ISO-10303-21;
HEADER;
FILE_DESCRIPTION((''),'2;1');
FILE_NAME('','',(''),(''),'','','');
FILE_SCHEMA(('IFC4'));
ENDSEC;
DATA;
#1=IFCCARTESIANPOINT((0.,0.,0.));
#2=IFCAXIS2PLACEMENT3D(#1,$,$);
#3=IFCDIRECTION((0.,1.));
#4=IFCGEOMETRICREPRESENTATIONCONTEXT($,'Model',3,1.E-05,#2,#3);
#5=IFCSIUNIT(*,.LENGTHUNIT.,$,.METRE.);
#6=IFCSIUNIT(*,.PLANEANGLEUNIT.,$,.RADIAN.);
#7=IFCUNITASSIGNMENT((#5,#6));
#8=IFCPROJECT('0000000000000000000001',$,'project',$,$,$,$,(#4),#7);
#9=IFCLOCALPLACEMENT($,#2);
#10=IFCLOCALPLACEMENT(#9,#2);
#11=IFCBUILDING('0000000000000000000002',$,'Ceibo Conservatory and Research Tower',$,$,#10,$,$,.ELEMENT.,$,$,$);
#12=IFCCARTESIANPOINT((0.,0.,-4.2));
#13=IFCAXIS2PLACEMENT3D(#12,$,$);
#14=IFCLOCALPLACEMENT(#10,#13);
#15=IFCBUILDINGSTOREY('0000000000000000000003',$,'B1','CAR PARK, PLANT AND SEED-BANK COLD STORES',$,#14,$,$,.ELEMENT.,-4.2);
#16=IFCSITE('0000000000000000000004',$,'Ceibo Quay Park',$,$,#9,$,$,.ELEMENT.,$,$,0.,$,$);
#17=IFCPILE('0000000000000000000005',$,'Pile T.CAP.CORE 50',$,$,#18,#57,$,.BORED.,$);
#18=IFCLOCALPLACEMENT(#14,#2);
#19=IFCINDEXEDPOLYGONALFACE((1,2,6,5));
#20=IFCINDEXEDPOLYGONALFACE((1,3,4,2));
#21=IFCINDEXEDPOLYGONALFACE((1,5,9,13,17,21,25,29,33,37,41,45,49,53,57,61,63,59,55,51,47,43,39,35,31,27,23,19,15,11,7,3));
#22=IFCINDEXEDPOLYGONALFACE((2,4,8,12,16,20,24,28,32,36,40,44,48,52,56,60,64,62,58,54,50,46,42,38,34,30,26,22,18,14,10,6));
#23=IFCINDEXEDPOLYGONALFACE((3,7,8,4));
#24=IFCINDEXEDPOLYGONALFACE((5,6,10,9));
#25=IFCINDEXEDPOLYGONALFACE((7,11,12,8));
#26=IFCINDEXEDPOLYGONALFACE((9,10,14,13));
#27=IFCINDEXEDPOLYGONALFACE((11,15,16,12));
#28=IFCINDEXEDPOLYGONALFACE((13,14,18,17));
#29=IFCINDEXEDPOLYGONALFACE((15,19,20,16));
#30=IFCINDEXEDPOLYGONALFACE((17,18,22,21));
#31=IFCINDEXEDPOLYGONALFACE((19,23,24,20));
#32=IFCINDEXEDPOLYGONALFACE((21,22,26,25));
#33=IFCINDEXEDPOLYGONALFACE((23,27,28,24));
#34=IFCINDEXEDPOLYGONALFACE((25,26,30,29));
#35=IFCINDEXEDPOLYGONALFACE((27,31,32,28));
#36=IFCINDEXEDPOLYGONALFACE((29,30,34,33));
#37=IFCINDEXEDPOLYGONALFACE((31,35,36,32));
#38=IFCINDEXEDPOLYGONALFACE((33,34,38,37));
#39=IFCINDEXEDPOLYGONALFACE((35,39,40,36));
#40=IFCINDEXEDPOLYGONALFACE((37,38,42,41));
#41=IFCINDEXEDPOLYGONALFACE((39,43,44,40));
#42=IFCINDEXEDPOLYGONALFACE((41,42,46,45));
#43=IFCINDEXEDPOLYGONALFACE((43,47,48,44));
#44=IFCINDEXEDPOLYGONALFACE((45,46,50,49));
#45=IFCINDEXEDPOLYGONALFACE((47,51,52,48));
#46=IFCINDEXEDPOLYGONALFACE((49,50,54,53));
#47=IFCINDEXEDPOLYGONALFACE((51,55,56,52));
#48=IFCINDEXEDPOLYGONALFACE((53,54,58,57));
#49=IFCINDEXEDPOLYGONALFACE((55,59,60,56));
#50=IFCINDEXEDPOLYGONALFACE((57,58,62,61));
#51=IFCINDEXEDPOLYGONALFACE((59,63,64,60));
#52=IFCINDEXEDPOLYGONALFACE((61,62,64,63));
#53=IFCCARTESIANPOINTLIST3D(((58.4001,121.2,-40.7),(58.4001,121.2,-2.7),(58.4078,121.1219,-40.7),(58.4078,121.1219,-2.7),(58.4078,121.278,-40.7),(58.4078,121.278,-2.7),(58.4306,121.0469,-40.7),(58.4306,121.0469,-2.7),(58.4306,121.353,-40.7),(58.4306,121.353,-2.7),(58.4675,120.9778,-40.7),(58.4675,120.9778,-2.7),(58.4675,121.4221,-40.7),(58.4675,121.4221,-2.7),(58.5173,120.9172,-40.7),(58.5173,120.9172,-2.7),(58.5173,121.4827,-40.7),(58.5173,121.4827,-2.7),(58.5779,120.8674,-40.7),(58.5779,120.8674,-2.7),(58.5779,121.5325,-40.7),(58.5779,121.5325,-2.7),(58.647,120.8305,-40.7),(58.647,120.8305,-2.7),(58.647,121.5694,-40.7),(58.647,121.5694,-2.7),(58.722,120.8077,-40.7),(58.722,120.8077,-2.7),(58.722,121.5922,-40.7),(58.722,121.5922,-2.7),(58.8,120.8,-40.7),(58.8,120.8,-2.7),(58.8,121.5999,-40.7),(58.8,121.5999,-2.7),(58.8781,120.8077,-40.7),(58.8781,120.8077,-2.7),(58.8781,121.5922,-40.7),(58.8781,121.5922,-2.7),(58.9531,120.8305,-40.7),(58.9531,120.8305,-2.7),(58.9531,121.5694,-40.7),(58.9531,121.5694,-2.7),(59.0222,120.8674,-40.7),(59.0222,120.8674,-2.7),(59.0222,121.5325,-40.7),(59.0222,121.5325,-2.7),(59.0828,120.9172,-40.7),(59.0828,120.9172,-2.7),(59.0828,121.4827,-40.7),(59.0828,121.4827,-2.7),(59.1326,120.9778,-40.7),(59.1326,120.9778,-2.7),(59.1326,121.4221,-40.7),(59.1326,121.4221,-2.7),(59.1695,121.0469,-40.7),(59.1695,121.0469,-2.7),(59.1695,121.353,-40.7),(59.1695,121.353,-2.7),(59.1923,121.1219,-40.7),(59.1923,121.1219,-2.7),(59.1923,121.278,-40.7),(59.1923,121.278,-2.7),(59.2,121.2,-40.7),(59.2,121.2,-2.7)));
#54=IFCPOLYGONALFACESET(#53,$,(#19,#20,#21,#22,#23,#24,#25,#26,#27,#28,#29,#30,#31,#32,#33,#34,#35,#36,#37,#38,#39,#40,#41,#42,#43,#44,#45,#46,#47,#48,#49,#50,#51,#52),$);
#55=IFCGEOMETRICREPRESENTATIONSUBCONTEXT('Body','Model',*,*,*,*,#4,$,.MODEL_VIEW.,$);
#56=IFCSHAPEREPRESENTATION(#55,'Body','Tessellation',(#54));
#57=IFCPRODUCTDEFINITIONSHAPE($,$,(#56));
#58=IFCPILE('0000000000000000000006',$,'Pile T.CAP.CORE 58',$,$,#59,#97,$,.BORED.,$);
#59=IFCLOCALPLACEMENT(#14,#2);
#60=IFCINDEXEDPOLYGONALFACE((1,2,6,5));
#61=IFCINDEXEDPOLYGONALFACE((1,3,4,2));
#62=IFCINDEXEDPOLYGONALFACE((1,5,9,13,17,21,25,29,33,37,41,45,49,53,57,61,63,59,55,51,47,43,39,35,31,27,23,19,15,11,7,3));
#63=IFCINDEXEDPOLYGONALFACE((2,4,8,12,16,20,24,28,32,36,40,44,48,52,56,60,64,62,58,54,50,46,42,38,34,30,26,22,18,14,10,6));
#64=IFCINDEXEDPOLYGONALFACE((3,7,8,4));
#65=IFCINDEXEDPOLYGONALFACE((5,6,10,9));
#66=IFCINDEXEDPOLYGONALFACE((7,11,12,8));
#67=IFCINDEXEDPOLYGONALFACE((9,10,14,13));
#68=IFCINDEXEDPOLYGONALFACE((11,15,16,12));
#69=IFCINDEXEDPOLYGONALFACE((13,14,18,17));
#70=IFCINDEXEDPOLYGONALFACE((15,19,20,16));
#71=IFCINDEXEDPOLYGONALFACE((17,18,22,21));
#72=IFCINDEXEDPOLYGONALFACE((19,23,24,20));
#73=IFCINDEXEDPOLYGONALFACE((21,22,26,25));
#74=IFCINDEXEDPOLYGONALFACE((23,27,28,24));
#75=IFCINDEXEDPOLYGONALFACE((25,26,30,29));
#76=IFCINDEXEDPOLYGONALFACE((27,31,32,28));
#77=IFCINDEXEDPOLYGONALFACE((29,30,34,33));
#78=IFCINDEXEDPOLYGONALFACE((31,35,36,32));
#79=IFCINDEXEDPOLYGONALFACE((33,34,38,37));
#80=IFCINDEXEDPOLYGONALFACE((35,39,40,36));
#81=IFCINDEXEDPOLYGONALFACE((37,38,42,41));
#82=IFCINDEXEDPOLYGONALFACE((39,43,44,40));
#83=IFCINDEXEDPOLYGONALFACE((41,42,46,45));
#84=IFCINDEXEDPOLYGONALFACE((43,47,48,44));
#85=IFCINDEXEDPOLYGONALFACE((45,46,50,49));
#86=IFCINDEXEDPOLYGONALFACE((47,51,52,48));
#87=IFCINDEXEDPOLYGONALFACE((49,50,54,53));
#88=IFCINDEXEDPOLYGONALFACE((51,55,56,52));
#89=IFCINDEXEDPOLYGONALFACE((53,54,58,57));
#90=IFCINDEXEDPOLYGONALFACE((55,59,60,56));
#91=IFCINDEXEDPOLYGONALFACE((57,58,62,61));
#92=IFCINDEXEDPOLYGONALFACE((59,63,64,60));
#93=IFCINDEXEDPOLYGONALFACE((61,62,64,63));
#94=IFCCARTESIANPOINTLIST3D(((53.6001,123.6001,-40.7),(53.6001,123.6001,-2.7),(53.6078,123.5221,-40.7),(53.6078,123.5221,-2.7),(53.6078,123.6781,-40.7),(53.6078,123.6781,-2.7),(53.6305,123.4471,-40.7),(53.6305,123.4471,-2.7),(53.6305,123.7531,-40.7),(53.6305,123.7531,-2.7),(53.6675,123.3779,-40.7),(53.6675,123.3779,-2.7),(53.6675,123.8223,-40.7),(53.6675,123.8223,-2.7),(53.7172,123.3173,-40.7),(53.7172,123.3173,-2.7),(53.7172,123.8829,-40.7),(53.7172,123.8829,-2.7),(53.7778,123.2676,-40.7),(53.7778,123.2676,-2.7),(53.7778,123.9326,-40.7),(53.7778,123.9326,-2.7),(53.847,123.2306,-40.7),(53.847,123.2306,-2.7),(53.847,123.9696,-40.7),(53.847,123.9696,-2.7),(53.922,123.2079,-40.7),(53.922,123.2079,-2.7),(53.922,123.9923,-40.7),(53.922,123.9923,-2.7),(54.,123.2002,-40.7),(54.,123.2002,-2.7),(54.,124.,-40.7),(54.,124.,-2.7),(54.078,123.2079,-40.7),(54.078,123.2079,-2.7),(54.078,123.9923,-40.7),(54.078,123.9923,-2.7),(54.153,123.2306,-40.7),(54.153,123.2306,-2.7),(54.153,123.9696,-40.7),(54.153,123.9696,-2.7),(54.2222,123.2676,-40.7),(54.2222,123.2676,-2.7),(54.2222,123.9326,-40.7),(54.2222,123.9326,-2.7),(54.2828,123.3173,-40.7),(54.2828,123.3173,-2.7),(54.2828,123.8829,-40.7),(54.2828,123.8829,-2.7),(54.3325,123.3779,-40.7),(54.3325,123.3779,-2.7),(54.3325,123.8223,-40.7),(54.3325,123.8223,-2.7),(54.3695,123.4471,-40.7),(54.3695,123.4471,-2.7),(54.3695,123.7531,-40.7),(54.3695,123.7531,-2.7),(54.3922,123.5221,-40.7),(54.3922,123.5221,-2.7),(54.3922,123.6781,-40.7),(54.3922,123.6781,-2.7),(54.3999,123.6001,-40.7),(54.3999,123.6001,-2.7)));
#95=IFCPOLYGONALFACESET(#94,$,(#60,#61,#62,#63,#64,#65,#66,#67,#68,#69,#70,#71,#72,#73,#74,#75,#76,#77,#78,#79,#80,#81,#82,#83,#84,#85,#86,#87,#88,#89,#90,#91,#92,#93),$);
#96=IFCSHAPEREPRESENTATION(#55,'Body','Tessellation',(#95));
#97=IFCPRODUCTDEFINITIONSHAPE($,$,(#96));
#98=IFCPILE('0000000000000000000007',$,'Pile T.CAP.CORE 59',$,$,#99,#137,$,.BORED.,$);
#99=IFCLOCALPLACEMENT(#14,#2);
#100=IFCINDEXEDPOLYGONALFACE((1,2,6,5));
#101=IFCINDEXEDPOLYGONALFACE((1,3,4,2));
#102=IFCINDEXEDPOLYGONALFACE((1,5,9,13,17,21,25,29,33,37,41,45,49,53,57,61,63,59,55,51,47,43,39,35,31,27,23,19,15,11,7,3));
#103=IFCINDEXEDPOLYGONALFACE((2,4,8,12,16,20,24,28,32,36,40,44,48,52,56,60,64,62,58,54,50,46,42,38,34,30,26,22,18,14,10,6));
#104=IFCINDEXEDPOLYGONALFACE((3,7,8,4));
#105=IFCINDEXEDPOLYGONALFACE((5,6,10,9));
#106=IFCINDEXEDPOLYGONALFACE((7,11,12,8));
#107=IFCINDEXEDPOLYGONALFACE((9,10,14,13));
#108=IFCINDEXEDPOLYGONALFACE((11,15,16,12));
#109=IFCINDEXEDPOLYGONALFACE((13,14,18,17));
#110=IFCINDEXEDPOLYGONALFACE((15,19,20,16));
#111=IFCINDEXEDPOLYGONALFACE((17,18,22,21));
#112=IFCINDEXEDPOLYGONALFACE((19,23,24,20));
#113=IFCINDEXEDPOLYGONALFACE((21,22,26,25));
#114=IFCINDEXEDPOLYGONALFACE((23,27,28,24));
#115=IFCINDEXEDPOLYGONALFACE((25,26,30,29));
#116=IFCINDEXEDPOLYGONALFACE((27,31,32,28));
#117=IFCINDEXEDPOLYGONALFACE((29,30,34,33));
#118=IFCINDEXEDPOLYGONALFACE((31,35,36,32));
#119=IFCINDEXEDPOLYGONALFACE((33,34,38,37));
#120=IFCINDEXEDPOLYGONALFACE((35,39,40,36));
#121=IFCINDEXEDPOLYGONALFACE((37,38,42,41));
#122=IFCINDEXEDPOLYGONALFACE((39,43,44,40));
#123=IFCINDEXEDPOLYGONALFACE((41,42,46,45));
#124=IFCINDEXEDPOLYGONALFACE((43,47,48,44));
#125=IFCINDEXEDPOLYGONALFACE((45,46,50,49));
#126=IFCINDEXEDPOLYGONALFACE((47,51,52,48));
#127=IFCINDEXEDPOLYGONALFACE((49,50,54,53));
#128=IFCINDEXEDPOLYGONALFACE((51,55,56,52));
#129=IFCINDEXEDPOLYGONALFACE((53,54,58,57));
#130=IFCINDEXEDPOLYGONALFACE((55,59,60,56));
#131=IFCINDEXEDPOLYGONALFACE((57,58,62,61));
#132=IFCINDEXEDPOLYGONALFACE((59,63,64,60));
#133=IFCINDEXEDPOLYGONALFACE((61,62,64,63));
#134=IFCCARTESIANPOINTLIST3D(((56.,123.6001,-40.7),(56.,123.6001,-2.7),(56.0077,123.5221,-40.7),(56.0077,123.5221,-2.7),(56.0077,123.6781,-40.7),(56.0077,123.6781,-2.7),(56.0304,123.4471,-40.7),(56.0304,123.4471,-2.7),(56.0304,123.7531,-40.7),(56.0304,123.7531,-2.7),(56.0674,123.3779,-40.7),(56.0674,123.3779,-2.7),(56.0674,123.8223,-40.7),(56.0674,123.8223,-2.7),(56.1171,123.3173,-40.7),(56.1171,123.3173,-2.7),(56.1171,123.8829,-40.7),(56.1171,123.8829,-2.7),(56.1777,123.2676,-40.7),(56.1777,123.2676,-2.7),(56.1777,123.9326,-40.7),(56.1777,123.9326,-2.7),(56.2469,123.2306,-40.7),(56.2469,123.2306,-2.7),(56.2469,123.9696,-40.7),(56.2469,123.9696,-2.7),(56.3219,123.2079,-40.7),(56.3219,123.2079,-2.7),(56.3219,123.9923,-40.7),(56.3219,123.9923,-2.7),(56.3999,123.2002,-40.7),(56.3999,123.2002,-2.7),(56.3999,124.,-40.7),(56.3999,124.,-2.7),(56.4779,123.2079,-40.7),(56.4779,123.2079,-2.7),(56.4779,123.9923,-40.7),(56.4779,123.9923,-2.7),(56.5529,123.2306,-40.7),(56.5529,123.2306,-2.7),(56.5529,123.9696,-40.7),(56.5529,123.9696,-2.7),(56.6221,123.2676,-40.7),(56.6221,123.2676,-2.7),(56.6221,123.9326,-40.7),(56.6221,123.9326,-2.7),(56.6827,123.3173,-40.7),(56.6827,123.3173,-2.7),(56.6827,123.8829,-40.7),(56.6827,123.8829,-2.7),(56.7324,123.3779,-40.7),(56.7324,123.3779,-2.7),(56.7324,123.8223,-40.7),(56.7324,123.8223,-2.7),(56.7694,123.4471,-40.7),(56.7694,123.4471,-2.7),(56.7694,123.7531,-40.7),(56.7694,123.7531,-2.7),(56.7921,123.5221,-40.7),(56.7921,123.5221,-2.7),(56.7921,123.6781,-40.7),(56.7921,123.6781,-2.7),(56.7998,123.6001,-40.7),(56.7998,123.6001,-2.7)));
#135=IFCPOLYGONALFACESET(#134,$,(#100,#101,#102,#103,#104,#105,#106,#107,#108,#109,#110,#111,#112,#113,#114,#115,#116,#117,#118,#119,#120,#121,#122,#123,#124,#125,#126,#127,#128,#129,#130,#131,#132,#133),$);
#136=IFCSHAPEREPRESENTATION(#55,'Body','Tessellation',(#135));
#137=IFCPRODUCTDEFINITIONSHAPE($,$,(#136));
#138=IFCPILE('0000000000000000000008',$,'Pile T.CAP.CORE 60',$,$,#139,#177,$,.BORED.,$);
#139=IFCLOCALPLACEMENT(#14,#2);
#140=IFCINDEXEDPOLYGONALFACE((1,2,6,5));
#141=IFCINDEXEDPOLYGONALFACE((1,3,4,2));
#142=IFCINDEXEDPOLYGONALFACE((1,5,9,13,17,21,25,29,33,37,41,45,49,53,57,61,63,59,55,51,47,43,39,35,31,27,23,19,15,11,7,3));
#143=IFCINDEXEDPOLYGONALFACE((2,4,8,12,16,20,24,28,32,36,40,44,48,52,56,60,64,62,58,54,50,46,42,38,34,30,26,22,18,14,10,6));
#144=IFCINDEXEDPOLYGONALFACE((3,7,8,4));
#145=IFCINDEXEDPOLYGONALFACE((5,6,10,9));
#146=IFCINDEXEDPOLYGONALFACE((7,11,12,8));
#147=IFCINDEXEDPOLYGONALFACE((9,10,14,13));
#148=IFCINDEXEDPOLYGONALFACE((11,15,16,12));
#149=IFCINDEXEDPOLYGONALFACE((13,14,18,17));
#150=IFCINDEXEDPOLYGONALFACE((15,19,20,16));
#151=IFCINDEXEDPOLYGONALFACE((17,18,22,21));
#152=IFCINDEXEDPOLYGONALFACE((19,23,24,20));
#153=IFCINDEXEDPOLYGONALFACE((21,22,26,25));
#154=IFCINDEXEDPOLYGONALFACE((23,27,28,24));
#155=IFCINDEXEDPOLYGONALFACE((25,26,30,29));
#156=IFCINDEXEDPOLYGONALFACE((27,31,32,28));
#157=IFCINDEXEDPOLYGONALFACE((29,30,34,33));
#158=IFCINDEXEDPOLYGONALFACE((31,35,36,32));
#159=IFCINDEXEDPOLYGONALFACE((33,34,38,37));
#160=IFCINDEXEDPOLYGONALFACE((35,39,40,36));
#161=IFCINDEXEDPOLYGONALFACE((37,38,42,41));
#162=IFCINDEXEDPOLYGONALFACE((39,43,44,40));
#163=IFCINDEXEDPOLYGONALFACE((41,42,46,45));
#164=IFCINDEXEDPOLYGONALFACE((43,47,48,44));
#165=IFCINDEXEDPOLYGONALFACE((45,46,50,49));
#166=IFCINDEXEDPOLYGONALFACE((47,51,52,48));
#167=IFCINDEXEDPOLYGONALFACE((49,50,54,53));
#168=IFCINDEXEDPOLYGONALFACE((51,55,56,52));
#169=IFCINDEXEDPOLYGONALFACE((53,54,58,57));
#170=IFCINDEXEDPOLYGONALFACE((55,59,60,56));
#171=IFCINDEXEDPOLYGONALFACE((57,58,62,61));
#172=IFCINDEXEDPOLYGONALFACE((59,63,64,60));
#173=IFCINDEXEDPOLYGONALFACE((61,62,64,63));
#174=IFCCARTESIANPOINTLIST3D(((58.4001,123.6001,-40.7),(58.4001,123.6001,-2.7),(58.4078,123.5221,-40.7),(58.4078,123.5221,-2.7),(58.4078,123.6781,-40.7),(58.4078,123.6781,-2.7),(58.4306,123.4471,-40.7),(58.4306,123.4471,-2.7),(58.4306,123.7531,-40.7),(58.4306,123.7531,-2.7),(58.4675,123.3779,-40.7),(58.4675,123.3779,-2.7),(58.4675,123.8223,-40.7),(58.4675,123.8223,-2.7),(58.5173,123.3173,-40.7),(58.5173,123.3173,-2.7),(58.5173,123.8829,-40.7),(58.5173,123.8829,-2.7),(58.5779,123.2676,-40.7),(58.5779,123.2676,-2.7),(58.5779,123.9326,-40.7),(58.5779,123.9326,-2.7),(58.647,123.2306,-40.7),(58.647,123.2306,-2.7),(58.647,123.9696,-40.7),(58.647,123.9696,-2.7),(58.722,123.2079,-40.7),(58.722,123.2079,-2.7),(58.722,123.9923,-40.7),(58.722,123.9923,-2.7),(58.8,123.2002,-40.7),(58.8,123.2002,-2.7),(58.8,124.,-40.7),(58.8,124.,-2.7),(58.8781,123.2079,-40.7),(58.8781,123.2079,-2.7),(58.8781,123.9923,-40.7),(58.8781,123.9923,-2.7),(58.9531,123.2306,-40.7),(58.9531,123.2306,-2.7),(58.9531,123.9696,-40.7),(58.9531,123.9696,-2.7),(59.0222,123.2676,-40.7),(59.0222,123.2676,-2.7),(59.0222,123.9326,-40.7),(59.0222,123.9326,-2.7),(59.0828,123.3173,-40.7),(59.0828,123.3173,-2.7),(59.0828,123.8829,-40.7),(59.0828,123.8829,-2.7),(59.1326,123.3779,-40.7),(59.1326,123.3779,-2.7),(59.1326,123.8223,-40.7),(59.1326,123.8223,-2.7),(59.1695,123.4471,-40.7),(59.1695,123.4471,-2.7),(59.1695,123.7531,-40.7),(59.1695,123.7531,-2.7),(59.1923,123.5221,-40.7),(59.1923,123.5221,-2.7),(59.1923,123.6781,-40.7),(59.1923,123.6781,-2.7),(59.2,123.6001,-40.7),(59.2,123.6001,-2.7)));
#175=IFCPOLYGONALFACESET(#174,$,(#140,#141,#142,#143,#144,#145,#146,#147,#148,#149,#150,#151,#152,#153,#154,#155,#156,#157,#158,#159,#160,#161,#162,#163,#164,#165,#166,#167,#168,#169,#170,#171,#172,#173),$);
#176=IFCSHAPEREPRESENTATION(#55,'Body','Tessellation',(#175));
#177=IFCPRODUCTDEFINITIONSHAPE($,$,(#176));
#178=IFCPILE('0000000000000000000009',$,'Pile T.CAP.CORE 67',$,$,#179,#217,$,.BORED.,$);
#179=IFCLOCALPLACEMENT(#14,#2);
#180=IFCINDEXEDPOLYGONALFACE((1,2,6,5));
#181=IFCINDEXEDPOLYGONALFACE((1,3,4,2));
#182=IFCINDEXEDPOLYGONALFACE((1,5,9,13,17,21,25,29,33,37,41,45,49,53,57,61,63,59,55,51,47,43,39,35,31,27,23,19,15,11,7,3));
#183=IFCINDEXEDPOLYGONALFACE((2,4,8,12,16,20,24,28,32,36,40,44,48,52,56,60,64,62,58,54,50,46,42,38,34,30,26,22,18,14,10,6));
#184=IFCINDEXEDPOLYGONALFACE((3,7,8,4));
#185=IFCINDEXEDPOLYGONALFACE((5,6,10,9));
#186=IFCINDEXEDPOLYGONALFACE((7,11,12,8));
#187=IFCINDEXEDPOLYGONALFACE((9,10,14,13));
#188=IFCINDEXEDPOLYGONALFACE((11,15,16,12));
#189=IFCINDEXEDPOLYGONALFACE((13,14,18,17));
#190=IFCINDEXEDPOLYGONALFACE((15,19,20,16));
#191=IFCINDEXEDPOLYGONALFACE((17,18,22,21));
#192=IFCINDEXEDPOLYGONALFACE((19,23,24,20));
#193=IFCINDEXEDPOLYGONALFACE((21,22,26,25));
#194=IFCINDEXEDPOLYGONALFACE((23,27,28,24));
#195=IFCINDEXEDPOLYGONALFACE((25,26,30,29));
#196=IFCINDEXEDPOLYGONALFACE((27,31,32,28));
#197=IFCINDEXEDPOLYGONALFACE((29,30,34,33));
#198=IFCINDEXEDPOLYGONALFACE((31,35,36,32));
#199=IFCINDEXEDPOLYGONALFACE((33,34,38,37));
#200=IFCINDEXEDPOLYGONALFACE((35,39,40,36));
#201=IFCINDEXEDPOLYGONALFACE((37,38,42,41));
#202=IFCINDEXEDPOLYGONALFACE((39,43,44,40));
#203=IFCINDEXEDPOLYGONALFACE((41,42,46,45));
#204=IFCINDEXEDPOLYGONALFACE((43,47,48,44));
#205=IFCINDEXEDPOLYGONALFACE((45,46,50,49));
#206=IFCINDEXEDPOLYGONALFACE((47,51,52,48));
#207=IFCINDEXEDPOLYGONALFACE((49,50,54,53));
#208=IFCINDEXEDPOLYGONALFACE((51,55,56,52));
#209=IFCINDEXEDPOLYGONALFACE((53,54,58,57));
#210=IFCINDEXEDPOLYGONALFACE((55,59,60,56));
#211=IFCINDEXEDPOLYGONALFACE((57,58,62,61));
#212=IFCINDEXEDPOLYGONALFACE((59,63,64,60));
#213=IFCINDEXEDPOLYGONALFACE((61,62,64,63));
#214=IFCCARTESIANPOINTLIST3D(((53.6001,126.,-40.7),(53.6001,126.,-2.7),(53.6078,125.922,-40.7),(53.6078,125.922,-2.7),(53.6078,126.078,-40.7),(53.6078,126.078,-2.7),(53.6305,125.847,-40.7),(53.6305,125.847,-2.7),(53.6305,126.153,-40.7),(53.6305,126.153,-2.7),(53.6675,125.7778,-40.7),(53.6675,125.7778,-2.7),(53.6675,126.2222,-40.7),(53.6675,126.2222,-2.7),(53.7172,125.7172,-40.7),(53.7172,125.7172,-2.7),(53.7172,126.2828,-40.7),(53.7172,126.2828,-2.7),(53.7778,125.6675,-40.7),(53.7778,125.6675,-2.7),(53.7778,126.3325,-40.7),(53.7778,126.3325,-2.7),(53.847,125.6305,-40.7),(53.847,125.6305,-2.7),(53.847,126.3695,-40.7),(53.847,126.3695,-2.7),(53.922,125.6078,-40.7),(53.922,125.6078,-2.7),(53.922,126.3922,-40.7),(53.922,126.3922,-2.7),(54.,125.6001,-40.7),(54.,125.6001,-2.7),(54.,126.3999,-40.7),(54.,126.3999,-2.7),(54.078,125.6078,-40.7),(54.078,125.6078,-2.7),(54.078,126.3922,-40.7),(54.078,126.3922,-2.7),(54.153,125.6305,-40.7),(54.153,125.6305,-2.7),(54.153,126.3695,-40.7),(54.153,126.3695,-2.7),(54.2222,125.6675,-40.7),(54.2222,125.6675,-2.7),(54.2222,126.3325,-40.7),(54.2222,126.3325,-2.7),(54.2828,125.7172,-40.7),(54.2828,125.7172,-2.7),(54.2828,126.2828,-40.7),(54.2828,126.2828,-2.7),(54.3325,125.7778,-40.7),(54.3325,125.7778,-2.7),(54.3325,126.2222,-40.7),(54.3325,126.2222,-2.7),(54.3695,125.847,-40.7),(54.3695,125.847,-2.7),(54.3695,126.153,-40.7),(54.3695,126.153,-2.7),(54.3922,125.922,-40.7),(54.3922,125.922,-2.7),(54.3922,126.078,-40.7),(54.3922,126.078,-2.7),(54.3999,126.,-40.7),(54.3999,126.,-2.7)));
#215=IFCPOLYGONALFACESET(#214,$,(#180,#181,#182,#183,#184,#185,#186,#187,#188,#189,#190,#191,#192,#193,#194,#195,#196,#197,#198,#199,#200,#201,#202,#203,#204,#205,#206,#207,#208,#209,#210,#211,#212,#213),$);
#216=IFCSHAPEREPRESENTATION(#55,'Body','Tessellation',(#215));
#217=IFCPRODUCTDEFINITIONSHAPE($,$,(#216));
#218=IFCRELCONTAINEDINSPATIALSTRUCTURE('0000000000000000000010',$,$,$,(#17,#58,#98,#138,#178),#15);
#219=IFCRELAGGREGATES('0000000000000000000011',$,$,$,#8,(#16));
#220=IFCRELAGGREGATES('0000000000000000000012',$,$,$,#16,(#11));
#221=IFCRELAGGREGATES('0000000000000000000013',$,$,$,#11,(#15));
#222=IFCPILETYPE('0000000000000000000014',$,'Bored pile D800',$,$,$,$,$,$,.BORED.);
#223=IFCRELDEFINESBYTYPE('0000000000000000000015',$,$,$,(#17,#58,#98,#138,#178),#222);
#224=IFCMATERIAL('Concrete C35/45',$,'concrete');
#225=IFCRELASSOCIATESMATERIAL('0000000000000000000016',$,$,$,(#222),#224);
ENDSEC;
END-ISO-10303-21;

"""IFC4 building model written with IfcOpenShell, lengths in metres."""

from ifc_helpers import new_model, si_unit, direction, frame, origin, origin_2d, place, context, subcontext, project, spatial, circle, extrude, material, material_profile, profile_set, type_object, element, save


model = new_model("IFC4")

# Units and contexts
model_context = context("Model", 3, precision=1e-05, world=origin(), true_north=direction((0.0, 1.0)))
body_context = subcontext(model_context, "Body", "Model", "MODEL_VIEW")
ifc_project = project(units=[si_unit("LENGTHUNIT", "METRE"), si_unit("PLANEANGLEUNIT", "RADIAN")], contexts=[model_context])

# Site, building, storey
site_placement = place(None, origin())
site = spatial("IfcSite", under=ifc_project, at=site_placement, Name="Ceibo Quay Park", CompositionType="ELEMENT", RefElevation=0.0)
building_placement = place(site_placement, origin())
building = spatial("IfcBuilding", under=site, at=building_placement, Name="Ceibo Conservatory and Research Tower", CompositionType="ELEMENT")
storey_placement = place(building_placement, frame((0.0, 0.0, -4.2)))
storey = spatial("IfcBuildingStorey", under=building, at=storey_placement, Name="B1", Description="CAR PARK, PLANT AND SEED-BANK COLD STORES", CompositionType="ELEMENT", Elevation=-4.2)

# Piles
ifc_material_1 = material(Name="Concrete C35/45", Category="concrete")
ifc_material_profile = material_profile(ifc_material_1, circle(Radius=0.3999, at=origin_2d()), Name="RC D800")
ifc_profile_set = profile_set([ifc_material_profile], Name="Concrete C35/45")
pile_type = type_object("IfcPileType", Name="Bored pile D800", PredefinedType="BORED", material=ifc_profile_set)
for number, where, z_axis, x_axis, name in (
    (1, (58.8, 121.2, -2.7), (0.0, 0.0, -1.0), (1.0, 0.0, 0.0), "Pile T.CAP.CORE 50"),
    (2, (54.0, 123.6001, -2.7), (0.0, 0.0, -1.0), (1.0, 0.0, 0.0), "Pile T.CAP.CORE 58"),
    (3, (56.3999, 123.6001, -2.7), (0.0, 0.0, -1.0), (1.0, 0.0, 0.0), "Pile T.CAP.CORE 59"),
    (4, (58.8, 123.6001, -2.7), (0.0, 0.0, -1.0), (1.0, 0.0, 0.0), "Pile T.CAP.CORE 60"),
    (5, (54.0, 126.0, -2.7), (0.0, 0.0, -1.0), (1.0, 0.0, 0.0), "Pile T.CAP.CORE 67"),
):
    element("IfcPile", number, at=place(storey_placement, frame(where, z_axis=z_axis, x_axis=x_axis)), inside=storey, type_object=pile_type, Name=name, PredefinedType="BORED", context=body_context, shape_type="SweptSolid", body=[
        extrude(circle(Radius=0.3999, at=origin_2d()), origin(), (0.0, 0.0, 1.0), 38.0),
    ])

save(model, "model.ifc")
